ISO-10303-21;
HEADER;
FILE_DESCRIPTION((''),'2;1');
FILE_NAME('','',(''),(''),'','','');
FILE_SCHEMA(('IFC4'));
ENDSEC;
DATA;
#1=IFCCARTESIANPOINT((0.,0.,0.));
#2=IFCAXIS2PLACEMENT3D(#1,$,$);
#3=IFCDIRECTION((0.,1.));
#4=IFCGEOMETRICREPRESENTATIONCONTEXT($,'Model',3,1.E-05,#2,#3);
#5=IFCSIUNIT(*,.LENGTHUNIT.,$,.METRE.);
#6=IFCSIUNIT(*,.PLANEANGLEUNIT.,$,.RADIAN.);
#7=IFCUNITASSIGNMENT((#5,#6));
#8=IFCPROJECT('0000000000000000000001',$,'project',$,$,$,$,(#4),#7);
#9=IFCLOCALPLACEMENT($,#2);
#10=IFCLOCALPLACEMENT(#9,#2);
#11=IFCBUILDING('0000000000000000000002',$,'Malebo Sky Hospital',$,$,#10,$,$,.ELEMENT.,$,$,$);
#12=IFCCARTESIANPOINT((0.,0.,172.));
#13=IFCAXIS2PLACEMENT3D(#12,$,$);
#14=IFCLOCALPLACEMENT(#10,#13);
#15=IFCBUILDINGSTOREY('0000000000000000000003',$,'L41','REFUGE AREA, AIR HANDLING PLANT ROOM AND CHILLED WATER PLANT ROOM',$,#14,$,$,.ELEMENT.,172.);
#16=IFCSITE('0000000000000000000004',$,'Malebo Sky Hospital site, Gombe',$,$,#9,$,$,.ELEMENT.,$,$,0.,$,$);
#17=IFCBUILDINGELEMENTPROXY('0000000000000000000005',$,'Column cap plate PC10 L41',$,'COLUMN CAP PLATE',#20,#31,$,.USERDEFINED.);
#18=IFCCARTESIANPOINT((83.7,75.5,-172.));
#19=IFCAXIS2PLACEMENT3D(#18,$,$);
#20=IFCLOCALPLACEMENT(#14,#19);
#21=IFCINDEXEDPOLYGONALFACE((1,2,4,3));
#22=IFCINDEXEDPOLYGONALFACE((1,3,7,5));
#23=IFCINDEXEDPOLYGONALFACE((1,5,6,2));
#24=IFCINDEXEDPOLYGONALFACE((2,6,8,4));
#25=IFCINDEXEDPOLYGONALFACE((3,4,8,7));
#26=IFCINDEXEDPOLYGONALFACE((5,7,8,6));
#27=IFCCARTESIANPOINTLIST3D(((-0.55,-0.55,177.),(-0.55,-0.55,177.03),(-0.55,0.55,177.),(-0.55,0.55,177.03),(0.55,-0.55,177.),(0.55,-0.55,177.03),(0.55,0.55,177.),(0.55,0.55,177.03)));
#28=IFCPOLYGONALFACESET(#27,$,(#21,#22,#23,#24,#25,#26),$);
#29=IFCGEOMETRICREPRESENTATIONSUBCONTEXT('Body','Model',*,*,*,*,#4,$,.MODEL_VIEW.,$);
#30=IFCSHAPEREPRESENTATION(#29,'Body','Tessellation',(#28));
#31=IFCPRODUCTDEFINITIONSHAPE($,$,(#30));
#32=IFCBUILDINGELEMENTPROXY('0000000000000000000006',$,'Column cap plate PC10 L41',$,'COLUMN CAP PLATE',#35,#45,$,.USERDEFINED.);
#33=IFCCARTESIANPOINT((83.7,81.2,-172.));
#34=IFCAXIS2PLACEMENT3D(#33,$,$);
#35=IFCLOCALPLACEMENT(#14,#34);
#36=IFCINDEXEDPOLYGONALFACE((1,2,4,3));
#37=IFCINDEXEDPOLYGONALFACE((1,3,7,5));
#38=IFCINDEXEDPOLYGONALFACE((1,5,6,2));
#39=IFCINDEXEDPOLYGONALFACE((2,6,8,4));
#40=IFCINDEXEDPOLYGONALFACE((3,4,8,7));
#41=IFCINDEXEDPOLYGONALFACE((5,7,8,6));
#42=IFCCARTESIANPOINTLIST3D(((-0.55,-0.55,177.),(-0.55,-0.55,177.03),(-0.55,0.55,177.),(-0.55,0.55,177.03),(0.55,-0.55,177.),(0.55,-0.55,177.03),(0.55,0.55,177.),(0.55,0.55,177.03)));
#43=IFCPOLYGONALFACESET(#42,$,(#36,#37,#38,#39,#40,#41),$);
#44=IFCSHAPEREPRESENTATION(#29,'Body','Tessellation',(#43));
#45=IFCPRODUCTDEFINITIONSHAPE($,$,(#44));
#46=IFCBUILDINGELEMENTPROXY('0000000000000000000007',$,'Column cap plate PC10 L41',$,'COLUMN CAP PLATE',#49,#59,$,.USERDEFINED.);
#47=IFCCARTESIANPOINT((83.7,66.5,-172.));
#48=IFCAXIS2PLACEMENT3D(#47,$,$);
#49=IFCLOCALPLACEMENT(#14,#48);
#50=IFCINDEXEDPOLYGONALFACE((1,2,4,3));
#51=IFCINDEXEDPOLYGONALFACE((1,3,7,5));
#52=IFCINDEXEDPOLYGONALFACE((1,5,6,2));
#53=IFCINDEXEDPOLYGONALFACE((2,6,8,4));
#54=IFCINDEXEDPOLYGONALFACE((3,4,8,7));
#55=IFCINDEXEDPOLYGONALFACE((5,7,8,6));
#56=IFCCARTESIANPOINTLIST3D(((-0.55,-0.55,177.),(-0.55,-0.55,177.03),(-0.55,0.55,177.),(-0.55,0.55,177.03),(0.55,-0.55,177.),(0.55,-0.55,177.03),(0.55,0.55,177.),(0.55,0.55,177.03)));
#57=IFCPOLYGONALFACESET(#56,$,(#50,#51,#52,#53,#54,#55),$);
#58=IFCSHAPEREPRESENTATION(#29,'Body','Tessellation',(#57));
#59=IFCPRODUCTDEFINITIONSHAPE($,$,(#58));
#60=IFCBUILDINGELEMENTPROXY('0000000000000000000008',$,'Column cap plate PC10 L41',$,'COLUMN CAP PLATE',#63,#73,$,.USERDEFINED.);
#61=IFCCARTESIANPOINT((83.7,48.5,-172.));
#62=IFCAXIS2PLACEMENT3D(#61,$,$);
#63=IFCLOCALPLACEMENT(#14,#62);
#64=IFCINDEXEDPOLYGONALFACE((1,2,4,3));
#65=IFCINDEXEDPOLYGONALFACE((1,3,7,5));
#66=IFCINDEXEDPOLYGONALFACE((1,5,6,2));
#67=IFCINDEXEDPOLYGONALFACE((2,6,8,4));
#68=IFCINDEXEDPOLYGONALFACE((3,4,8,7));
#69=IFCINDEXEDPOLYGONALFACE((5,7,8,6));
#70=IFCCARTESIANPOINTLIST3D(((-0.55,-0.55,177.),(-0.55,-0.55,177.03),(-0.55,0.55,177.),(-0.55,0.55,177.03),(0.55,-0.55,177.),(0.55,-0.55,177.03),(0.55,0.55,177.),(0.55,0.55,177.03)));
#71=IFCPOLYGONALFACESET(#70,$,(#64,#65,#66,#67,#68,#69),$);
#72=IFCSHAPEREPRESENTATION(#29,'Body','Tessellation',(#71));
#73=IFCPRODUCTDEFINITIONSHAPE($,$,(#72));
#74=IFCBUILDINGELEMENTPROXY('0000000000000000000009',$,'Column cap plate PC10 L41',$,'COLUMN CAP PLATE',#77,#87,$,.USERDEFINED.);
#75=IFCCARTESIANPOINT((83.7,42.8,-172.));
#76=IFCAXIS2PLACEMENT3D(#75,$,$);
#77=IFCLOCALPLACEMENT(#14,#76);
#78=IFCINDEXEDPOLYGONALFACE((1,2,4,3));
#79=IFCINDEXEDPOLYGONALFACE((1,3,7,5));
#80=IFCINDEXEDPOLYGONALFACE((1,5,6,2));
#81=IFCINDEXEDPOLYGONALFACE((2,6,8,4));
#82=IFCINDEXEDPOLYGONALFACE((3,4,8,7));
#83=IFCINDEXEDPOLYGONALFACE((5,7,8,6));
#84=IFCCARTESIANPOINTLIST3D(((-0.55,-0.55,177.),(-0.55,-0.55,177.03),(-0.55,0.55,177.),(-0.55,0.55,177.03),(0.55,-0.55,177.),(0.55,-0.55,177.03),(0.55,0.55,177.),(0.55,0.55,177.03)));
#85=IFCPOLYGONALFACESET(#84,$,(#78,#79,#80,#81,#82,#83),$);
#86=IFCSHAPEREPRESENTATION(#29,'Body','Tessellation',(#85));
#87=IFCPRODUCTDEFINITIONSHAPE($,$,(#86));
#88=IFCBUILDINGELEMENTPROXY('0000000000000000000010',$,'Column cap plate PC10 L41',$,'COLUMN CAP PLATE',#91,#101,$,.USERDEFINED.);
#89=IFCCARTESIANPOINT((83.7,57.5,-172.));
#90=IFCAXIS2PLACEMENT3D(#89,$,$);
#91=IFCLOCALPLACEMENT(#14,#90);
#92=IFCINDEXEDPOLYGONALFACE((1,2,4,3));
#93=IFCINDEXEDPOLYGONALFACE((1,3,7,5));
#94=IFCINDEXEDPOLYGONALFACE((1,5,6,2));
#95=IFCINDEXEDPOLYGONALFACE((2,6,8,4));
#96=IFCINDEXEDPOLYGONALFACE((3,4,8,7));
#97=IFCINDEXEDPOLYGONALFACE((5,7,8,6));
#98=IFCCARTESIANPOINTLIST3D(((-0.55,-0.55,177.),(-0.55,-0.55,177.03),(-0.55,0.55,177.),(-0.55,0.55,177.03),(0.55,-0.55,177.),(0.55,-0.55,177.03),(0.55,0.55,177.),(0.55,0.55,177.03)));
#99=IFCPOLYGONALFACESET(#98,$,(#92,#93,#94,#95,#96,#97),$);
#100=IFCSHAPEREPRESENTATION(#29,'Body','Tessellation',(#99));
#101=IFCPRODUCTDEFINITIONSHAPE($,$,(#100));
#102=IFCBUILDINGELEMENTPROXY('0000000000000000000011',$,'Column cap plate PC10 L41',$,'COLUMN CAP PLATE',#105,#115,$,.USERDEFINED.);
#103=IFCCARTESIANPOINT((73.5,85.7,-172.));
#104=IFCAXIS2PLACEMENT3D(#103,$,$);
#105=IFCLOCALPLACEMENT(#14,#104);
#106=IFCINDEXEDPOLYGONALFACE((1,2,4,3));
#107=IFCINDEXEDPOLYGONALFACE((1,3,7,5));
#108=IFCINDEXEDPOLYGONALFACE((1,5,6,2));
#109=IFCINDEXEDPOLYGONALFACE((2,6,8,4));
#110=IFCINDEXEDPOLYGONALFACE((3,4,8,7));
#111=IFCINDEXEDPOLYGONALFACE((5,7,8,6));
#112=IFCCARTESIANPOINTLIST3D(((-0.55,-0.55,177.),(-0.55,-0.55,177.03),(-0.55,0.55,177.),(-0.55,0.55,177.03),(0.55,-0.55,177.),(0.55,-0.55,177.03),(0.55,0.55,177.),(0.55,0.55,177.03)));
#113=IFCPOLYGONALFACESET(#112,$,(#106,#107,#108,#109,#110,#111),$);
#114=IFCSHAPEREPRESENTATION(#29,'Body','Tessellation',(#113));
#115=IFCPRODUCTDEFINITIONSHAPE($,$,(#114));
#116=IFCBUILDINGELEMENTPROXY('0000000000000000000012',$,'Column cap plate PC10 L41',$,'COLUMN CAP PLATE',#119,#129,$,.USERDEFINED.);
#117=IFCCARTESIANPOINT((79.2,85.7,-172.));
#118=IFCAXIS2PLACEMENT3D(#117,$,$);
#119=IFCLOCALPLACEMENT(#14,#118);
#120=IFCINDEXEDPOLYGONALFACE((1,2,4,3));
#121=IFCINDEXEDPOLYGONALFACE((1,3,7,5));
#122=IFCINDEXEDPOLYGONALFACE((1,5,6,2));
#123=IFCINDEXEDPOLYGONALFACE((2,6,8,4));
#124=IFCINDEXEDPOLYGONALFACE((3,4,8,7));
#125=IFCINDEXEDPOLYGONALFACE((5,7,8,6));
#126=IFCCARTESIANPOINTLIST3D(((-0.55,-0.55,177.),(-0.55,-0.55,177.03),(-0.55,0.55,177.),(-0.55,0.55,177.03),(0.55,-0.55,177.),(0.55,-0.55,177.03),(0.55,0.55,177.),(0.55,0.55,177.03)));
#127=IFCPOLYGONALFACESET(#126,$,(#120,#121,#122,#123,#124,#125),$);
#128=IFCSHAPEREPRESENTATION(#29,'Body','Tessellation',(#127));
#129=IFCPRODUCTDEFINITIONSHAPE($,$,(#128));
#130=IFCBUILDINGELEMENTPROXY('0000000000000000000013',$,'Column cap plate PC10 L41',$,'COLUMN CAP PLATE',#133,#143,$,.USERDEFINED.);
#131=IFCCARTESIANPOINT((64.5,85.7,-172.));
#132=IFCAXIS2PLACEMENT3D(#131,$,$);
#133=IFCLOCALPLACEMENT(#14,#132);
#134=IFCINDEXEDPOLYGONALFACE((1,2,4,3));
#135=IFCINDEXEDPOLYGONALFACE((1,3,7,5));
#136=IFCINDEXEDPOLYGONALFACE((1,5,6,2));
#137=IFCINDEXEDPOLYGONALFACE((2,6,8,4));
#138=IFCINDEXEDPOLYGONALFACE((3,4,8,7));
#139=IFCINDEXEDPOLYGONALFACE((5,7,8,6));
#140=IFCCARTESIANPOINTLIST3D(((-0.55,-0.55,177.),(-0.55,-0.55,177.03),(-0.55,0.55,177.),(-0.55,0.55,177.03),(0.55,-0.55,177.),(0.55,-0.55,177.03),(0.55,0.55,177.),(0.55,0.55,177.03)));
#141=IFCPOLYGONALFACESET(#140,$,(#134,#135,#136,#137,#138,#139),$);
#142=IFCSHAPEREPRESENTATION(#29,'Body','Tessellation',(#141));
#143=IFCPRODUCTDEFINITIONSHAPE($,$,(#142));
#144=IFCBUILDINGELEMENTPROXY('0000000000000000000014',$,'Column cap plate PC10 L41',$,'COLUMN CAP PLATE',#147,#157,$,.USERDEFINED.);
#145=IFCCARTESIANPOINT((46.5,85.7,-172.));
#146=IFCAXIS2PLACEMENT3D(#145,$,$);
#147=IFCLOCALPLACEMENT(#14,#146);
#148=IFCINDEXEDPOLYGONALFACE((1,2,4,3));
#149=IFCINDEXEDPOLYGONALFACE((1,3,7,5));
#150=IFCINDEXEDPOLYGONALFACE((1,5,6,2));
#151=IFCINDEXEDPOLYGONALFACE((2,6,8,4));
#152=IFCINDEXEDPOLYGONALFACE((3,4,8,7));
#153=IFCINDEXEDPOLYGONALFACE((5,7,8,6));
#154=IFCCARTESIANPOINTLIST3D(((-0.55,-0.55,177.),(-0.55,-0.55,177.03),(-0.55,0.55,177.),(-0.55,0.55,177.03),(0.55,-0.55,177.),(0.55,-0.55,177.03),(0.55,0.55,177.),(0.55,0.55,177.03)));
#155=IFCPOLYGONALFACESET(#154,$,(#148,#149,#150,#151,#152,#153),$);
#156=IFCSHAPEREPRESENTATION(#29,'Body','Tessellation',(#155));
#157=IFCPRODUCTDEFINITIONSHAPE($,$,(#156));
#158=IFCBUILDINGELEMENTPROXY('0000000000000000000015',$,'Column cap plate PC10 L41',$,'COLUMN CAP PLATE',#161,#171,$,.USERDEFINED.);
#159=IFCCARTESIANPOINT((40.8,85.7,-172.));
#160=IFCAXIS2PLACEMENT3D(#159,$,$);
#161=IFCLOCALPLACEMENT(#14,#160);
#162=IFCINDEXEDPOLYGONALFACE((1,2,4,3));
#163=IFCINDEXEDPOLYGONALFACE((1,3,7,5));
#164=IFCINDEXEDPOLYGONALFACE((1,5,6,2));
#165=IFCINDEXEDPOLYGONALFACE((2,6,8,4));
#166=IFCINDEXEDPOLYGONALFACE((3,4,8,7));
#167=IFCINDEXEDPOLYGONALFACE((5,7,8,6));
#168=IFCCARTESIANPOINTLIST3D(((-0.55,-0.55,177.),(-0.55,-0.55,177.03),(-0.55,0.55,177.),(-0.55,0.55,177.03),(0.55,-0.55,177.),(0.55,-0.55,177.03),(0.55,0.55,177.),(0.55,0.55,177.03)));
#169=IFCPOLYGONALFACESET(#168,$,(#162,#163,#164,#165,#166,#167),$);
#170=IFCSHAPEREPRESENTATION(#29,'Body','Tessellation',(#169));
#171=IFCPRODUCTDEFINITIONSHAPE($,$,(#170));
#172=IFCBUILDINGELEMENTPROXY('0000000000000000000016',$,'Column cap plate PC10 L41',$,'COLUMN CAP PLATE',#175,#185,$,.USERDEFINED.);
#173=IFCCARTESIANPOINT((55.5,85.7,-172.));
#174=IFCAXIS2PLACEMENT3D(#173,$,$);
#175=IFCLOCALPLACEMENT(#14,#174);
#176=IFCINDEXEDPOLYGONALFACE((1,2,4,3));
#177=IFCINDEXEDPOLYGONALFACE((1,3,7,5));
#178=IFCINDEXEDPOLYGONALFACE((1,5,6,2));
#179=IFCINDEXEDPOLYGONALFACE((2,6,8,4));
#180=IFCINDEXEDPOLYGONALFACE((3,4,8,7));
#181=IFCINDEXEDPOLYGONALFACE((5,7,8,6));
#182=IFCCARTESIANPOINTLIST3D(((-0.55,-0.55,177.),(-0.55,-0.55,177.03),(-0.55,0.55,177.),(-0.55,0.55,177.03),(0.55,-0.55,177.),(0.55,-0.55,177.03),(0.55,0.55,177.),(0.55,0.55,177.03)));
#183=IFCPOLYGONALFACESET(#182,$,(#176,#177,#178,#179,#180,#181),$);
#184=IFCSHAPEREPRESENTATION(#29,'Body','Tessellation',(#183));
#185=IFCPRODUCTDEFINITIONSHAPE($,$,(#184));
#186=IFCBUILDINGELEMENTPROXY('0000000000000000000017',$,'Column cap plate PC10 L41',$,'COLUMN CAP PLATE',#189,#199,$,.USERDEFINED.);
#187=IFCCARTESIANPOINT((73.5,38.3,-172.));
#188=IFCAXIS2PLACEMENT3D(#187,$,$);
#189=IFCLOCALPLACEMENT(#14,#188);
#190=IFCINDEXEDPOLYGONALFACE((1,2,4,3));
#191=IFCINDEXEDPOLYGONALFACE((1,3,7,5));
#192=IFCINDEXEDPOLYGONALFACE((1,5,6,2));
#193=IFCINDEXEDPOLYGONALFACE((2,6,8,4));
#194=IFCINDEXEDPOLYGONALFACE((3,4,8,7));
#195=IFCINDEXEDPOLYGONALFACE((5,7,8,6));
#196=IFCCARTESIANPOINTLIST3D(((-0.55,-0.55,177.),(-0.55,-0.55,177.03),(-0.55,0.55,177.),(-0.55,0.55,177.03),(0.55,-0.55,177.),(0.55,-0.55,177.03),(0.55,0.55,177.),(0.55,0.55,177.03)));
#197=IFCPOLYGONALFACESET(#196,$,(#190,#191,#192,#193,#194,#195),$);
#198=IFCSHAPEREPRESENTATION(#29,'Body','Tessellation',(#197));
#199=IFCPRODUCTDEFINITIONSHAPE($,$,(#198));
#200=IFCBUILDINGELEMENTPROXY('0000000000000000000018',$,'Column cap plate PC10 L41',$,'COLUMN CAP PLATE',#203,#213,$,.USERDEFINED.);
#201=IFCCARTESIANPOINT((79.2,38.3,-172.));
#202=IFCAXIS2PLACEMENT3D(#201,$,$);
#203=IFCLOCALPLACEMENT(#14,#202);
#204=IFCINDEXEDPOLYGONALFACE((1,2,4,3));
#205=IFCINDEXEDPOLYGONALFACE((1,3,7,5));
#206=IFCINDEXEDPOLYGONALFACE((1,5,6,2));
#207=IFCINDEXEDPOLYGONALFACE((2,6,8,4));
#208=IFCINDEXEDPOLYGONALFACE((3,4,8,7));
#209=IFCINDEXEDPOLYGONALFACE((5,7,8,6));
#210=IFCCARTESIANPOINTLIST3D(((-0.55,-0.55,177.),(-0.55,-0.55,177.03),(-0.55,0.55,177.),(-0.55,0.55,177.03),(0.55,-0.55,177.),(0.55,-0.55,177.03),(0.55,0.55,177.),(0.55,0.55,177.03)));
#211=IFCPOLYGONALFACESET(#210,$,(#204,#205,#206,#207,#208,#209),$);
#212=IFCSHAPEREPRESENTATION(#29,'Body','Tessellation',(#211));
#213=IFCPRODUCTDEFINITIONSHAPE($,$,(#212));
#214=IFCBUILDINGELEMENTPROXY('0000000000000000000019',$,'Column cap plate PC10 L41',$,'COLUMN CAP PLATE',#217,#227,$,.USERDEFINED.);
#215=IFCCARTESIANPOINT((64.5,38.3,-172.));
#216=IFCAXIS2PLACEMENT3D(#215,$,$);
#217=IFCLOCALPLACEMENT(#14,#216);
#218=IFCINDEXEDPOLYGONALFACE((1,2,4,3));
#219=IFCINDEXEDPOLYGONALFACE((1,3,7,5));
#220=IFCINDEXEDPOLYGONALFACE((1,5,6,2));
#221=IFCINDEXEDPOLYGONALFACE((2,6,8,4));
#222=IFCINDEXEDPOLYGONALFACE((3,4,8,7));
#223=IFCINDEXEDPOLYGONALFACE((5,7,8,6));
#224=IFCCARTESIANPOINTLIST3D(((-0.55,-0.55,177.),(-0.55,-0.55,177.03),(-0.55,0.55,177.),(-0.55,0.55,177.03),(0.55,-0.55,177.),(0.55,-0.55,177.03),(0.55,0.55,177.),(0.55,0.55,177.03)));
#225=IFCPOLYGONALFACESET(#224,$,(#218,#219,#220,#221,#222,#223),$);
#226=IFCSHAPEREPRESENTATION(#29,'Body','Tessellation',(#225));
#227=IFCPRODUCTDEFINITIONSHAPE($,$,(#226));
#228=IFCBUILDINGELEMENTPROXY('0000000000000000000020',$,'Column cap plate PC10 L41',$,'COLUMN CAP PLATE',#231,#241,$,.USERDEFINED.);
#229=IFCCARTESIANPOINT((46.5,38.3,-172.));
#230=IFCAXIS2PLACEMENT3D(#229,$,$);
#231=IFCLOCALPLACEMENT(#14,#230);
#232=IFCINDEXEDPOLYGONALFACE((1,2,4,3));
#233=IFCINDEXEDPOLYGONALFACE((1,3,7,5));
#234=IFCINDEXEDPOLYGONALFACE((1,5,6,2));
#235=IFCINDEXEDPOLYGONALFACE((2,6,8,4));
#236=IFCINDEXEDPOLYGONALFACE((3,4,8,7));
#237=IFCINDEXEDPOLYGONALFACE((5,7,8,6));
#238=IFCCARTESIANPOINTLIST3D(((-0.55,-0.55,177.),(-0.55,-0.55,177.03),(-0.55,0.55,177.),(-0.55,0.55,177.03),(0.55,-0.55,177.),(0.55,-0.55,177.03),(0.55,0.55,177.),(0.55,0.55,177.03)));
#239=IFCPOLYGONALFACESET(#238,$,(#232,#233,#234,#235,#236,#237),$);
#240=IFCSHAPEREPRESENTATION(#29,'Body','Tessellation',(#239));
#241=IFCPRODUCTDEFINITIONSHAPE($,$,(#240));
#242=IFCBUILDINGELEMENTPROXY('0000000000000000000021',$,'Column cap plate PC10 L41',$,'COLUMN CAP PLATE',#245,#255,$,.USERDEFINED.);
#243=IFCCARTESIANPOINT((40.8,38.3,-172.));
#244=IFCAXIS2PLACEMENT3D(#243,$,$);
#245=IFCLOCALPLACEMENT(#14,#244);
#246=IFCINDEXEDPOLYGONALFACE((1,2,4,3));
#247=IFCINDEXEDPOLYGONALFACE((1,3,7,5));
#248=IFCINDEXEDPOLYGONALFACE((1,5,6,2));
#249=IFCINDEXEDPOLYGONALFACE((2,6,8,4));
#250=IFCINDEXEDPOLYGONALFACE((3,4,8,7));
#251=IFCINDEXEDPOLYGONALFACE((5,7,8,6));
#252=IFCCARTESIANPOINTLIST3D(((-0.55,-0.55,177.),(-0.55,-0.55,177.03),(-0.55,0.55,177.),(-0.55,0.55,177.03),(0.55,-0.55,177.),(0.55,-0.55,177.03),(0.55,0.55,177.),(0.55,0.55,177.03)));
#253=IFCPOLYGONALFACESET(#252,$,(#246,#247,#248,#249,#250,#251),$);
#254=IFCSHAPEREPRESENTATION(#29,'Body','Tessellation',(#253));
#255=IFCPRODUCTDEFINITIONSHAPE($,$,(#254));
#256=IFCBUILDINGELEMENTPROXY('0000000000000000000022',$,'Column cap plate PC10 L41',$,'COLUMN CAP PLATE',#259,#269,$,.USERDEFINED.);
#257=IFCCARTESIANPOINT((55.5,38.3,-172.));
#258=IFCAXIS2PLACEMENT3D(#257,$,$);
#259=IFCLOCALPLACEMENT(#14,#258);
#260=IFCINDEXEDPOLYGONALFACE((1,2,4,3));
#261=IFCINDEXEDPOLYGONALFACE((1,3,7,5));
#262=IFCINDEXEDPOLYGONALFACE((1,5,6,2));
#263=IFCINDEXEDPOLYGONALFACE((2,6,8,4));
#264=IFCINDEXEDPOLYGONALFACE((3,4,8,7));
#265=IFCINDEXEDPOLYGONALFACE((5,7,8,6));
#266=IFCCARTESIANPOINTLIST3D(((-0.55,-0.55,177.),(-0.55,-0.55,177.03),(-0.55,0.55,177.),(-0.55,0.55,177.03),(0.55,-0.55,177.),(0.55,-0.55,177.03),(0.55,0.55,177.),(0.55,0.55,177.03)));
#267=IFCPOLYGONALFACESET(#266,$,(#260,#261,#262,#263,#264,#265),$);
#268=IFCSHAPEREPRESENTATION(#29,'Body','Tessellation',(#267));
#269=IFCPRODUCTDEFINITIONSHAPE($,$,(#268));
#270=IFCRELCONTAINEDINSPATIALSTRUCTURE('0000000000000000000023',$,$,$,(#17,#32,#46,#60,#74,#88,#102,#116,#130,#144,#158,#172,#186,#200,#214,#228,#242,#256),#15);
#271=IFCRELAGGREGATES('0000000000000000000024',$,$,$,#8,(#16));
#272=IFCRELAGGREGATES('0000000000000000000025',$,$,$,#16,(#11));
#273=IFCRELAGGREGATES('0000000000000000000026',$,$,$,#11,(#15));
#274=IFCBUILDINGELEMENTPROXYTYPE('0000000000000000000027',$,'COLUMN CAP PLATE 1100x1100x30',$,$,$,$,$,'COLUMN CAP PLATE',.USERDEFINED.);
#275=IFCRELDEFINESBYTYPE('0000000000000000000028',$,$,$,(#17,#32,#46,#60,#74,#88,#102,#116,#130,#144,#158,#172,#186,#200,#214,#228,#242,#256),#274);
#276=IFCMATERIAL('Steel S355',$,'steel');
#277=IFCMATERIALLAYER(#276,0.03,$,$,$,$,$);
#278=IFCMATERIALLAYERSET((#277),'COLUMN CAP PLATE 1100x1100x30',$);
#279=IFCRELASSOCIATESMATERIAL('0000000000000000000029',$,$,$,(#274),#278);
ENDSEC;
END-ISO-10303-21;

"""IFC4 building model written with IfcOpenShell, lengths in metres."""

from ifc_helpers import new_model, si_unit, direction, frame, origin, origin_2d, place, context, subcontext, project, spatial, rectangle, extrude, material, layer, layer_set, type_object, element, save


model = new_model("IFC4")

# Units and contexts
model_context = context("Model", 3, precision=1e-05, world=origin(), true_north=direction((0.0, 1.0)))
body_context = subcontext(model_context, "Body", "Model", "MODEL_VIEW")
ifc_project = project(units=[si_unit("LENGTHUNIT", "METRE"), si_unit("PLANEANGLEUNIT", "RADIAN")], contexts=[model_context])

# Site, building, storey
site_placement = place(None, origin())
site = spatial("IfcSite", under=ifc_project, at=site_placement, Name="Malebo Sky Hospital site, Gombe", CompositionType="ELEMENT", RefElevation=0.0)
building_placement = place(site_placement, origin())
building = spatial("IfcBuilding", under=site, at=building_placement, Name="Malebo Sky Hospital", CompositionType="ELEMENT")
storey_placement = place(building_placement, frame((0.0, 0.0, 172.0)))
storey = spatial("IfcBuildingStorey", under=building, at=storey_placement, Name="L41", Description="REFUGE AREA, AIR HANDLING PLANT ROOM AND CHILLED WATER PLANT ROOM", CompositionType="ELEMENT", Elevation=172.0)

# Shared definitions
ifc_material = material(Name="Steel S355", Category="steel")

# Building element proxies
ifc_layer = layer(ifc_material, 0.03)
ifc_layer_set = layer_set([ifc_layer], Name="COLUMN CAP PLATE 1100x1100x30")
building_element_proxy_type = type_object("IfcBuildingElementProxyType", Name="COLUMN CAP PLATE 1100x1100x30", ElementType="COLUMN CAP PLATE", PredefinedType="USERDEFINED", material=ifc_layer_set)
for number, where, name in (
    (1, (83.7, 75.5, -172.0), "Column cap plate PC10 L41"),
    (2, (83.7, 81.2, -172.0), "Column cap plate PC10 L41"),
    (3, (83.7, 66.5, -172.0), "Column cap plate PC10 L41"),
    (4, (83.7, 48.5, -172.0), "Column cap plate PC10 L41"),
    (5, (83.7, 42.8, -172.0), "Column cap plate PC10 L41"),
    (6, (83.7, 57.5, -172.0), "Column cap plate PC10 L41"),
    (7, (73.5, 85.7, -172.0), "Column cap plate PC10 L41"),
    (8, (79.2, 85.7, -172.0), "Column cap plate PC10 L41"),
    (9, (64.5, 85.7, -172.0), "Column cap plate PC10 L41"),
    (10, (46.5, 85.7, -172.0), "Column cap plate PC10 L41"),
    (11, (40.8, 85.7, -172.0), "Column cap plate PC10 L41"),
    (12, (55.5, 85.7, -172.0), "Column cap plate PC10 L41"),
    (13, (73.5, 38.3, -172.0), "Column cap plate PC10 L41"),
    (14, (79.2, 38.3, -172.0), "Column cap plate PC10 L41"),
    (15, (64.5, 38.3, -172.0), "Column cap plate PC10 L41"),
    (16, (46.5, 38.3, -172.0), "Column cap plate PC10 L41"),
    (17, (40.8, 38.3, -172.0), "Column cap plate PC10 L41"),
    (18, (55.5, 38.3, -172.0), "Column cap plate PC10 L41"),
):
    element("IfcBuildingElementProxy", number, at=place(storey_placement, frame(where)), inside=storey, type_object=building_element_proxy_type, Name=name, ObjectType="COLUMN CAP PLATE", PredefinedType="USERDEFINED", context=body_context, shape_type="SweptSolid", body=[
        extrude(rectangle(XDim=1.1001, YDim=1.1001, at=origin_2d()), frame((0.0, 0.0, 177.0)), (0.0, 0.0, 1.0), 0.03),
    ])

save(model, "model.ifc")
